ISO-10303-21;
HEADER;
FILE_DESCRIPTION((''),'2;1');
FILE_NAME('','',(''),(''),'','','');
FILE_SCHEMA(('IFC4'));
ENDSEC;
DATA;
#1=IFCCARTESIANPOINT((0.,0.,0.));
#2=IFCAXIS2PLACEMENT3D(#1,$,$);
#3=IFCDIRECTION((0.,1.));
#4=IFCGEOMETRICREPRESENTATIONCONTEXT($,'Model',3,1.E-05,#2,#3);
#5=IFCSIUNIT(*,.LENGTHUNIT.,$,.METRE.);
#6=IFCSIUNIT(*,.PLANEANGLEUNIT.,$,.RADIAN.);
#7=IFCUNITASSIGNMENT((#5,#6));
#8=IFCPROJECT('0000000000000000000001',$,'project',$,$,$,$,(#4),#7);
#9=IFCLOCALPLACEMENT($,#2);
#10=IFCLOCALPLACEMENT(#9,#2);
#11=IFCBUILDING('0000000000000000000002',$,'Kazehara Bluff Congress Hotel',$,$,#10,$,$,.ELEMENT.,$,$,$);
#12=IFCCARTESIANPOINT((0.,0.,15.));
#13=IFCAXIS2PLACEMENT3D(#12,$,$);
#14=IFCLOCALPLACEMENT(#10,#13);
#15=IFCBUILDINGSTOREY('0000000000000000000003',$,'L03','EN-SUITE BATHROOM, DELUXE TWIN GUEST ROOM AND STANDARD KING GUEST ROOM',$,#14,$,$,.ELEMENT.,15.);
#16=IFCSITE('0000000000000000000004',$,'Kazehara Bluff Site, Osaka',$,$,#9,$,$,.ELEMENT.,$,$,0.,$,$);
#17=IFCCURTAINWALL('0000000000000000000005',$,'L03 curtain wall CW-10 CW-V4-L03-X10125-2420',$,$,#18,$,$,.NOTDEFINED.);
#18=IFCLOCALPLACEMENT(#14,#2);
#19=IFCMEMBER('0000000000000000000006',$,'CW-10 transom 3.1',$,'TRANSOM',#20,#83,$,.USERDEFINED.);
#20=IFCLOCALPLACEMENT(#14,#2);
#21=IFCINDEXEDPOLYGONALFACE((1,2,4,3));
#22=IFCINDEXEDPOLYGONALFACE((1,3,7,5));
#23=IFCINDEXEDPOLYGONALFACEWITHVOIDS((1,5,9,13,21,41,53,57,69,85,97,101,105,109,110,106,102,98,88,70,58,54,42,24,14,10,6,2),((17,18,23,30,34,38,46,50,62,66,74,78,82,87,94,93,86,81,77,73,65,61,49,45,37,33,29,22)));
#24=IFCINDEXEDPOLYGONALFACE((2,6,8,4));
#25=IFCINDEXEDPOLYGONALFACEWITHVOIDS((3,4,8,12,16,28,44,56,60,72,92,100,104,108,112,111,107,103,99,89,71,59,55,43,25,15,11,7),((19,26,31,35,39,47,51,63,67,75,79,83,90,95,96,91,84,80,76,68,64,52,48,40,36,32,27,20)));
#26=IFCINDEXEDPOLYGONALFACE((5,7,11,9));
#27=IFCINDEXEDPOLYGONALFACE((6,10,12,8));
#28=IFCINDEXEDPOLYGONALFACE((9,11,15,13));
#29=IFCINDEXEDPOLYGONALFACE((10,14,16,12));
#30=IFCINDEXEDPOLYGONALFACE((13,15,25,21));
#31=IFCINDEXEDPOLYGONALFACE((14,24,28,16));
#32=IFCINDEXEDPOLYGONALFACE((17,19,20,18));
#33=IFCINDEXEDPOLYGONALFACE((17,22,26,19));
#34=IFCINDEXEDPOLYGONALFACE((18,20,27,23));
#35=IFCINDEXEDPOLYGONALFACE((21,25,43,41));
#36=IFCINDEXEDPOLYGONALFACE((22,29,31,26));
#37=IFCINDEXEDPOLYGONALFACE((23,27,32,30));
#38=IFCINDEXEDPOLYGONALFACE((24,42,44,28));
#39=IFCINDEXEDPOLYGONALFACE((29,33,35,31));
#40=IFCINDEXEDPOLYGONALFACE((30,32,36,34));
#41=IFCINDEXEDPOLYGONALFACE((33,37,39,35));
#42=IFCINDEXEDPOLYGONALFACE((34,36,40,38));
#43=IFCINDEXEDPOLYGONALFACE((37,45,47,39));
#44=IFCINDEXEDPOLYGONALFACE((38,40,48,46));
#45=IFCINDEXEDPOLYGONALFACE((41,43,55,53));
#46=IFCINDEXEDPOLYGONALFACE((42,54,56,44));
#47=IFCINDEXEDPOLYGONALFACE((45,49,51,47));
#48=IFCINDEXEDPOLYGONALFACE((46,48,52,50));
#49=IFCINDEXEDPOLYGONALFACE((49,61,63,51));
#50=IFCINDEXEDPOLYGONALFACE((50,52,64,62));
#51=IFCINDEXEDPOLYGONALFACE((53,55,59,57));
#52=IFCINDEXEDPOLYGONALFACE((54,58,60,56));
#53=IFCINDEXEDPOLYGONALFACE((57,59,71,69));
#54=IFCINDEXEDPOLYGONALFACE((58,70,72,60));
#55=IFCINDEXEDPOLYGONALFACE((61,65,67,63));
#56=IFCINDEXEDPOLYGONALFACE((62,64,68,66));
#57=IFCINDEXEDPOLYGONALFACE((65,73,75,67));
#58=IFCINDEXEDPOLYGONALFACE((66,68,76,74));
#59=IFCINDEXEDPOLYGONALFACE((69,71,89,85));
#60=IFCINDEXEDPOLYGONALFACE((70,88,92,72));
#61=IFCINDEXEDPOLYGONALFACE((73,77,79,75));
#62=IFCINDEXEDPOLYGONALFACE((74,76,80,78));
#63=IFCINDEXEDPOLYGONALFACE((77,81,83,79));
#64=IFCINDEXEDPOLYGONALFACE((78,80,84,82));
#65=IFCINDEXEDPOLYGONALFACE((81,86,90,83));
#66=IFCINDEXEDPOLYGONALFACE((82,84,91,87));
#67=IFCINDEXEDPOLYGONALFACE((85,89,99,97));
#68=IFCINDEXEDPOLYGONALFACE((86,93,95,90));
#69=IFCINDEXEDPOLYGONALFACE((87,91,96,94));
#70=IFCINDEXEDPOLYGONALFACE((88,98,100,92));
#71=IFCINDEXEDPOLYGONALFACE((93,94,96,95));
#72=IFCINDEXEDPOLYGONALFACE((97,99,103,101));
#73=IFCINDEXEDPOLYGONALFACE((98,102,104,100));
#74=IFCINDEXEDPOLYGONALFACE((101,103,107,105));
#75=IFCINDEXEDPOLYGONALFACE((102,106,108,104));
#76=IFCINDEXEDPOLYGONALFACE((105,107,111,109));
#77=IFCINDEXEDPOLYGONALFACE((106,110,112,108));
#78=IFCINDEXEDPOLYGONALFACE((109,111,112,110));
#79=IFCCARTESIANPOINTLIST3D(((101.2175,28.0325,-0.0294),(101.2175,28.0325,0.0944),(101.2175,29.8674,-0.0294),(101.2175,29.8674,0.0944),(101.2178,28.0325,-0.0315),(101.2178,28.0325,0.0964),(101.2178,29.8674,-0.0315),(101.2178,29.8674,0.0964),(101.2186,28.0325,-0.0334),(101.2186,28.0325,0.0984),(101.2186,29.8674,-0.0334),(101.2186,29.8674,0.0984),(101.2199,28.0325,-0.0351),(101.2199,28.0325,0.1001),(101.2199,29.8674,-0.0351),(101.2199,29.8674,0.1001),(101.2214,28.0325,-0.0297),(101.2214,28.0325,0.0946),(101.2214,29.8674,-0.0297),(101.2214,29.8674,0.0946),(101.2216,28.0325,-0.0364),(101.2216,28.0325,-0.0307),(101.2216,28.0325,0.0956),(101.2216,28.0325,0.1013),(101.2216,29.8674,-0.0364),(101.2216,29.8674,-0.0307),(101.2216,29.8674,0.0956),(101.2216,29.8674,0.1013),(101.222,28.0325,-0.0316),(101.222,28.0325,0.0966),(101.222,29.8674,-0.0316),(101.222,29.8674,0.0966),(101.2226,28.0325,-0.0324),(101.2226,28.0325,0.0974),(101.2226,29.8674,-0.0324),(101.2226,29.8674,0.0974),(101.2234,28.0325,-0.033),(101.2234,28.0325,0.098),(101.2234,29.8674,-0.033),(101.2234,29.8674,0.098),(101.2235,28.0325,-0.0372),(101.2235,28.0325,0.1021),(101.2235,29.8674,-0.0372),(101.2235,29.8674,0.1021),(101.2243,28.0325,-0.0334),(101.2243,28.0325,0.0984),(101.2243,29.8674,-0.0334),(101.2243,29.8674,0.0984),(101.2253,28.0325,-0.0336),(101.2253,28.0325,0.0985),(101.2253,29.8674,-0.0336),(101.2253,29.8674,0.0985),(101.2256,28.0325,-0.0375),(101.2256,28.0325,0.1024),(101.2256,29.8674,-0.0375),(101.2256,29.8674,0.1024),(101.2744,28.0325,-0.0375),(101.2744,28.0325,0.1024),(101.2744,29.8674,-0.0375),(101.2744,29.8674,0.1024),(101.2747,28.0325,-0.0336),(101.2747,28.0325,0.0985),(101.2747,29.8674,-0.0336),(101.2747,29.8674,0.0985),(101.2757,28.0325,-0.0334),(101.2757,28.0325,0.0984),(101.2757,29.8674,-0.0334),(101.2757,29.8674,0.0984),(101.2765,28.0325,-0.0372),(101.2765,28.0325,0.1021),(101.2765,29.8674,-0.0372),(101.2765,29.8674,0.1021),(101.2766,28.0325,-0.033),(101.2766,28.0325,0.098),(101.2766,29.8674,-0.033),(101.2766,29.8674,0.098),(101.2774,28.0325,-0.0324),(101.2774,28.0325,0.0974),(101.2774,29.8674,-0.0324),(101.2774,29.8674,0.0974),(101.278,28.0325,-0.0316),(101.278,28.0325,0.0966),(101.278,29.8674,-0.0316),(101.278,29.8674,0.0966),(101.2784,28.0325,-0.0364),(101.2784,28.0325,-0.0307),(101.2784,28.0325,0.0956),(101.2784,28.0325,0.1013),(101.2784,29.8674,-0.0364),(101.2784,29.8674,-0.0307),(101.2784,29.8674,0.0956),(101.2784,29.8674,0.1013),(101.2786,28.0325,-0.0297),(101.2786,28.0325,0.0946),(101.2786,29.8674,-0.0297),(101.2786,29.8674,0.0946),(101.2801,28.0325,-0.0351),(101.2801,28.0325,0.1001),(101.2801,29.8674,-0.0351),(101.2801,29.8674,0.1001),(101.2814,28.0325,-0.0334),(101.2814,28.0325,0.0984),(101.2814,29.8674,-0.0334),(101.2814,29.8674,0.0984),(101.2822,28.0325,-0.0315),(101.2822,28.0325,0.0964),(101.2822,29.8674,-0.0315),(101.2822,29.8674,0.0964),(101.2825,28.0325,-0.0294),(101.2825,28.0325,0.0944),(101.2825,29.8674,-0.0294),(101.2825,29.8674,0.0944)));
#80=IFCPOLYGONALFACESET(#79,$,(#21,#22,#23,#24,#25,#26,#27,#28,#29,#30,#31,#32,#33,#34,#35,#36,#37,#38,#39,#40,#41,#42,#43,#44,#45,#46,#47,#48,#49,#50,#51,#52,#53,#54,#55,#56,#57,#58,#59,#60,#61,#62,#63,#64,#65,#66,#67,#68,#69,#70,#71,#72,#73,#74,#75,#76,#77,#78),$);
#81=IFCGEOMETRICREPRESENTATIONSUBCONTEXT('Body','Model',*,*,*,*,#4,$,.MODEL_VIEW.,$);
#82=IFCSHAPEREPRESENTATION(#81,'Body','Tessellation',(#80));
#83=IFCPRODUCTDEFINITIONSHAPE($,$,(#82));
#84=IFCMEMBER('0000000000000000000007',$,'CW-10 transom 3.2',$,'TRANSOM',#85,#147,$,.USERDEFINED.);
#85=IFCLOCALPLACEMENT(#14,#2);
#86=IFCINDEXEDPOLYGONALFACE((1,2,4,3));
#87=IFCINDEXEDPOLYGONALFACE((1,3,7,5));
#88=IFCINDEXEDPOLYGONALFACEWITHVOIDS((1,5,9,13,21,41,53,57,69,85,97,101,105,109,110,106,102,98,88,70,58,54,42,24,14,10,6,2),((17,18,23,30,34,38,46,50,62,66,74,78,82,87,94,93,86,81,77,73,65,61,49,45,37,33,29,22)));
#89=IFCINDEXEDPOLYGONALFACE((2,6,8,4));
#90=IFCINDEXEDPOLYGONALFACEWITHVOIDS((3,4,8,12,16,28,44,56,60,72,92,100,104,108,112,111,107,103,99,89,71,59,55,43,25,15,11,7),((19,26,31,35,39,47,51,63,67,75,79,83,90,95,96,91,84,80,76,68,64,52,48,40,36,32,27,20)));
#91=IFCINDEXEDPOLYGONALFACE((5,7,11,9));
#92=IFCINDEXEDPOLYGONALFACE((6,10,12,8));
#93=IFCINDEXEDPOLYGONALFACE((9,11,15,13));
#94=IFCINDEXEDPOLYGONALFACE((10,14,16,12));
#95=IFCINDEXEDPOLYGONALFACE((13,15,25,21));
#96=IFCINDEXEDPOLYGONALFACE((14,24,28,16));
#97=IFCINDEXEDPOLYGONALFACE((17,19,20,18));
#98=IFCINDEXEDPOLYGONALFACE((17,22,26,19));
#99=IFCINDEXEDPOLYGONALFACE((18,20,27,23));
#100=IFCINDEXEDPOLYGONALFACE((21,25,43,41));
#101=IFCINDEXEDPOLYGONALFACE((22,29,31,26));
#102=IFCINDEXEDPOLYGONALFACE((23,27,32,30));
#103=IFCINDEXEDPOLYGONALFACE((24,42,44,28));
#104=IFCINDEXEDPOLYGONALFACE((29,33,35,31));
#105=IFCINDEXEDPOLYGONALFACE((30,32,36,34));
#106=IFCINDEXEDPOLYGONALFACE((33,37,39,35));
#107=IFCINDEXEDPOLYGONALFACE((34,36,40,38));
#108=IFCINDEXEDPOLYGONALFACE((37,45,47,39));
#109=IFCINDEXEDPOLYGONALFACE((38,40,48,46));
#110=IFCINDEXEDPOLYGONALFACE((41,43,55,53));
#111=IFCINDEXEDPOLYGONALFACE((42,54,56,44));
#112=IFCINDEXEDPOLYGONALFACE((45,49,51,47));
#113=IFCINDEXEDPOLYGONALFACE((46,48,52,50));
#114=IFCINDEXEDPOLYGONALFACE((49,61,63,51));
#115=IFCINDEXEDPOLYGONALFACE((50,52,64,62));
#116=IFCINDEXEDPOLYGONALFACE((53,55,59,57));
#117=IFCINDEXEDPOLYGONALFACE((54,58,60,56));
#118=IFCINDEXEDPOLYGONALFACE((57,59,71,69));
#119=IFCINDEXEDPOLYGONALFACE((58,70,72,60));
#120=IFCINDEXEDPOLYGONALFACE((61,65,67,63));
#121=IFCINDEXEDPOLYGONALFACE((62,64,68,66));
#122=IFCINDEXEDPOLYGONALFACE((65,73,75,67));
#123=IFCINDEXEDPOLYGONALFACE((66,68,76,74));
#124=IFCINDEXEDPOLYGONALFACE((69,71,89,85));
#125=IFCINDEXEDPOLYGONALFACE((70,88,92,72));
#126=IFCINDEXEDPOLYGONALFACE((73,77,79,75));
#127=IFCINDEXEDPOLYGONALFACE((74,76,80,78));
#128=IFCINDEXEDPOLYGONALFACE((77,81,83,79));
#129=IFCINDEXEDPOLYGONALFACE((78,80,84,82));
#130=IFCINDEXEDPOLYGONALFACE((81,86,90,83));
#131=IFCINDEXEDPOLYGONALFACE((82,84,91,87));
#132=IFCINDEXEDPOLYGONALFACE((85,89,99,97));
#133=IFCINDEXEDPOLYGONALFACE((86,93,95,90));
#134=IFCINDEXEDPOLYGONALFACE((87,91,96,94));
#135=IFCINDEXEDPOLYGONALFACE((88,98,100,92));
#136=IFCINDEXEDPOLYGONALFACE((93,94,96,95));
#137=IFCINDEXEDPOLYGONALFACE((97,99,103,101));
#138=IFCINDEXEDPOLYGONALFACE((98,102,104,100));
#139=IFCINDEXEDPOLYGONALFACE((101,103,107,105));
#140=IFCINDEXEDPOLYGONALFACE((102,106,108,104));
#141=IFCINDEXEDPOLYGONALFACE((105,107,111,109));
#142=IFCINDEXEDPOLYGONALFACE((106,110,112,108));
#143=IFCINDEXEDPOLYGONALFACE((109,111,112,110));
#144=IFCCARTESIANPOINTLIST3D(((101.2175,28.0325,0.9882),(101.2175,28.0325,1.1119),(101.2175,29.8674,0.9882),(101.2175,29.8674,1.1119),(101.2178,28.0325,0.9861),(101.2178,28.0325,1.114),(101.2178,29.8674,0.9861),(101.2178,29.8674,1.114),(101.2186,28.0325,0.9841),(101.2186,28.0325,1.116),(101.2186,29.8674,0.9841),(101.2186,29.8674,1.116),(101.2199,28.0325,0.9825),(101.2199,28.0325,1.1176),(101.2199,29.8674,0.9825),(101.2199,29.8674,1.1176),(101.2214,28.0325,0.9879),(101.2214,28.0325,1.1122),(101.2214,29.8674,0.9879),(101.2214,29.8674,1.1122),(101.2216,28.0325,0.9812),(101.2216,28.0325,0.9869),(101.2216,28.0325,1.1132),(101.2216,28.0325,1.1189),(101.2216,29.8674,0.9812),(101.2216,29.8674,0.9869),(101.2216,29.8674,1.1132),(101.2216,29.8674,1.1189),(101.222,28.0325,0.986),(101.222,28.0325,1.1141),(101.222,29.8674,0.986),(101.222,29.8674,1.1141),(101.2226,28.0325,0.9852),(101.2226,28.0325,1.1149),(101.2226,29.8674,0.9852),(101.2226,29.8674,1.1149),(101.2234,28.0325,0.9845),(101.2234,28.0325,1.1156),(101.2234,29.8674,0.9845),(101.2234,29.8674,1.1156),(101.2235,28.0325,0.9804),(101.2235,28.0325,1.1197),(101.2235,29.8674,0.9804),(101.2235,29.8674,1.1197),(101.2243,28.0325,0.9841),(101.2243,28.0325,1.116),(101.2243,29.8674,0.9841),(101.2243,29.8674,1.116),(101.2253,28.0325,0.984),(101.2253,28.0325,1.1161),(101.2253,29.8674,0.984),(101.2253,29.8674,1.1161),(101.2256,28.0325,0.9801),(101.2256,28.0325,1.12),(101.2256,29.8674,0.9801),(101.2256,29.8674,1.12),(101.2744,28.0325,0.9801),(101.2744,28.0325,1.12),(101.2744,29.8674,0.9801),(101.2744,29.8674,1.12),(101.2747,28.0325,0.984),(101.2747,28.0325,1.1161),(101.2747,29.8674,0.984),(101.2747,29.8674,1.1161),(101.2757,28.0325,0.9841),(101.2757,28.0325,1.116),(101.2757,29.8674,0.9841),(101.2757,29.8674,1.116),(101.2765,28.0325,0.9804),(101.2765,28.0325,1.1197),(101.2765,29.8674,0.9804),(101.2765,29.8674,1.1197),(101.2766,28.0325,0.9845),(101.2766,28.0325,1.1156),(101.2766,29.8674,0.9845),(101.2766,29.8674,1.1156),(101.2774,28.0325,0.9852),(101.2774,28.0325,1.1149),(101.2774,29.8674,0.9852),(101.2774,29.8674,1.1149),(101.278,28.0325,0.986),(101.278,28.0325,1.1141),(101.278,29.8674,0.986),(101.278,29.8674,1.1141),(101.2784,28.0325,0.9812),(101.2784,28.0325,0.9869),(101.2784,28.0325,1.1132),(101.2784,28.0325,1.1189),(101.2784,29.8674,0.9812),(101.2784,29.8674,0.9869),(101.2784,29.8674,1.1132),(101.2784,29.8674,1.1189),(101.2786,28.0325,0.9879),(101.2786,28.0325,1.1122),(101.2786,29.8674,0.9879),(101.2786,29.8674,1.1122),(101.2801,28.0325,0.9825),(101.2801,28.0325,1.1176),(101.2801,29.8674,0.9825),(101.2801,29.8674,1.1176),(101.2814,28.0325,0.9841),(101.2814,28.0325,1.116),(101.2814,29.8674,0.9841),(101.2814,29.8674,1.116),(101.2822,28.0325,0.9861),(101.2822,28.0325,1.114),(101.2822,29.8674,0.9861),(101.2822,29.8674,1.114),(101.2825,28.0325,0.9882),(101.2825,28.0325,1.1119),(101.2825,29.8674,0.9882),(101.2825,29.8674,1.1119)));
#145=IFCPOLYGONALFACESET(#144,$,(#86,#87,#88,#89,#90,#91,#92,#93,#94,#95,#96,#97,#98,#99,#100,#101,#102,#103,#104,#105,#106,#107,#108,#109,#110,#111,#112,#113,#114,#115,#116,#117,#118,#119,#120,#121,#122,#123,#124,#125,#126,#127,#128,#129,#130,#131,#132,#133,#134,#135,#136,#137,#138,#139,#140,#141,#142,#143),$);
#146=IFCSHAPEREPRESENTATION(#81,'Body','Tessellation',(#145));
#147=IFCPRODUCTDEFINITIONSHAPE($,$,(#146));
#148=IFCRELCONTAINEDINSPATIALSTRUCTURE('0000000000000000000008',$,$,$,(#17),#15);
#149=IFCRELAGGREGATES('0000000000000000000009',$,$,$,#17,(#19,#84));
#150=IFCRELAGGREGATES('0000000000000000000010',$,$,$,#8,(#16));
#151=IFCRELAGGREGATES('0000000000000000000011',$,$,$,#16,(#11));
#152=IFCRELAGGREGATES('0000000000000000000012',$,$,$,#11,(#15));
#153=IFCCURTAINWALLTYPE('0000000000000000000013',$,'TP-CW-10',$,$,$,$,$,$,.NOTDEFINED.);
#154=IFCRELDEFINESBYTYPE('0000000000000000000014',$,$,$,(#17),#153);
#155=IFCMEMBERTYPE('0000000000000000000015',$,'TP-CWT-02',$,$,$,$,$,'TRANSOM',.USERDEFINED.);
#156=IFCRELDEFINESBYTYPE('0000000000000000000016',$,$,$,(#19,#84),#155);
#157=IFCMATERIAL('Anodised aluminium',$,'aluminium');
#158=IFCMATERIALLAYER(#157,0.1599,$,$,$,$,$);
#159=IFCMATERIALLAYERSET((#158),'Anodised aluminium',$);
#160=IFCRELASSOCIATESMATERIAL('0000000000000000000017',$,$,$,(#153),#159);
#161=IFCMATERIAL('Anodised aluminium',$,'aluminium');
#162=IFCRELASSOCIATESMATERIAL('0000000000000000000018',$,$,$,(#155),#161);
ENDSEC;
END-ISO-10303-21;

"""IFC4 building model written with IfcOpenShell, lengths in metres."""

from ifc_helpers import new_model, si_unit, direction, frame, origin, origin_2d, place, context, subcontext, project, spatial, hollow_rectangle, extrude, material, layer, layer_set, material_profile, profile_set, type_object, element, aggregate, save


model = new_model("IFC4")

# Units and contexts
model_context = context("Model", 3, precision=1e-05, world=origin(), true_north=direction((0.0, 1.0)))
body_context = subcontext(model_context, "Body", "Model", "MODEL_VIEW")
ifc_project = project(units=[si_unit("LENGTHUNIT", "METRE"), si_unit("PLANEANGLEUNIT", "RADIAN")], contexts=[model_context])

# Site, building, storey
site_placement = place(None, origin())
site = spatial("IfcSite", under=ifc_project, at=site_placement, Name="Kazehara Bluff Site, Osaka", CompositionType="ELEMENT", RefElevation=0.0)
building_placement = place(site_placement, origin())
building = spatial("IfcBuilding", under=site, at=building_placement, Name="Kazehara Bluff Congress Hotel", CompositionType="ELEMENT")
storey_placement = place(building_placement, frame((0.0, 0.0, 15.0)))
storey = spatial("IfcBuildingStorey", under=building, at=storey_placement, Name="L03", Description="EN-SUITE BATHROOM, DELUXE TWIN GUEST ROOM AND STANDARD KING GUEST ROOM", CompositionType="ELEMENT", Elevation=15.0)

# Curtain wall, members
ifc_material_1 = material(Name="Anodised aluminium", Category="aluminium")
ifc_layer_1 = layer(ifc_material_1, 0.1599)
ifc_layer_set_1 = layer_set([ifc_layer_1], Name="Anodised aluminium")
curtain_wall_type = type_object("IfcCurtainWallType", Name="TP-CW-10", PredefinedType="NOTDEFINED", material=ifc_layer_set_1)
curtain_wall_placement = place(storey_placement, origin())
curtain_wall = element("IfcCurtainWall", 1, at=curtain_wall_placement, inside=storey, type_object=curtain_wall_type, Name="L03 curtain wall CW-10 CW-V4-L03-X10125-2420", PredefinedType="NOTDEFINED")
ifc_material_2 = material(Name="Anodised aluminium", Category="aluminium")
ifc_material_profile_1 = material_profile(ifc_material_2, hollow_rectangle(XDim=0.0649, YDim=0.1399, WallThickness=0.0039, InnerFilletRadius=0.0039, OuterFilletRadius=0.0081, at=origin_2d()))
ifc_profile_set_1 = profile_set([ifc_material_profile_1], Name="Anodised aluminium")
member_type_1 = type_object("IfcMemberType", Name="TP-CWT-02", ElementType="TRANSOM", PredefinedType="USERDEFINED", material=ifc_profile_set_1)
member_1_placement = place(storey_placement, frame((101.25, 28.0325, 0.0325), z_axis=(0.0, 1.0, 0.0), x_axis=(-1.0, 0.0, 0.0)))
member_1 = element("IfcMember", 2, at=member_1_placement, type_object=member_type_1, Name="CW-10 transom 3.1", ObjectType="TRANSOM", PredefinedType="USERDEFINED", context=body_context, shape_type="SweptSolid", body=[
    extrude(hollow_rectangle(XDim=0.0649, YDim=0.1399, WallThickness=0.0039, InnerFilletRadius=0.0039, OuterFilletRadius=0.0081, at=origin_2d()), origin(), (0.0, 0.0, 1.0), 1.835),
])
member_2_placement = place(storey_placement, frame((101.25, 28.0325, 1.05), z_axis=(0.0, 1.0, 0.0), x_axis=(-1.0, 0.0, 0.0)))
member_2 = element("IfcMember", 3, at=member_2_placement, type_object=member_type_1, Name="CW-10 transom 3.2", ObjectType="TRANSOM", PredefinedType="USERDEFINED", context=body_context, shape_type="SweptSolid", body=[
    extrude(hollow_rectangle(XDim=0.0649, YDim=0.1399, WallThickness=0.0039, InnerFilletRadius=0.0039, OuterFilletRadius=0.0081, at=origin_2d()), origin(), (0.0, 0.0, 1.0), 1.835),
])

aggregate(curtain_wall, [member_1, member_2])

save(model, "model.ifc")
